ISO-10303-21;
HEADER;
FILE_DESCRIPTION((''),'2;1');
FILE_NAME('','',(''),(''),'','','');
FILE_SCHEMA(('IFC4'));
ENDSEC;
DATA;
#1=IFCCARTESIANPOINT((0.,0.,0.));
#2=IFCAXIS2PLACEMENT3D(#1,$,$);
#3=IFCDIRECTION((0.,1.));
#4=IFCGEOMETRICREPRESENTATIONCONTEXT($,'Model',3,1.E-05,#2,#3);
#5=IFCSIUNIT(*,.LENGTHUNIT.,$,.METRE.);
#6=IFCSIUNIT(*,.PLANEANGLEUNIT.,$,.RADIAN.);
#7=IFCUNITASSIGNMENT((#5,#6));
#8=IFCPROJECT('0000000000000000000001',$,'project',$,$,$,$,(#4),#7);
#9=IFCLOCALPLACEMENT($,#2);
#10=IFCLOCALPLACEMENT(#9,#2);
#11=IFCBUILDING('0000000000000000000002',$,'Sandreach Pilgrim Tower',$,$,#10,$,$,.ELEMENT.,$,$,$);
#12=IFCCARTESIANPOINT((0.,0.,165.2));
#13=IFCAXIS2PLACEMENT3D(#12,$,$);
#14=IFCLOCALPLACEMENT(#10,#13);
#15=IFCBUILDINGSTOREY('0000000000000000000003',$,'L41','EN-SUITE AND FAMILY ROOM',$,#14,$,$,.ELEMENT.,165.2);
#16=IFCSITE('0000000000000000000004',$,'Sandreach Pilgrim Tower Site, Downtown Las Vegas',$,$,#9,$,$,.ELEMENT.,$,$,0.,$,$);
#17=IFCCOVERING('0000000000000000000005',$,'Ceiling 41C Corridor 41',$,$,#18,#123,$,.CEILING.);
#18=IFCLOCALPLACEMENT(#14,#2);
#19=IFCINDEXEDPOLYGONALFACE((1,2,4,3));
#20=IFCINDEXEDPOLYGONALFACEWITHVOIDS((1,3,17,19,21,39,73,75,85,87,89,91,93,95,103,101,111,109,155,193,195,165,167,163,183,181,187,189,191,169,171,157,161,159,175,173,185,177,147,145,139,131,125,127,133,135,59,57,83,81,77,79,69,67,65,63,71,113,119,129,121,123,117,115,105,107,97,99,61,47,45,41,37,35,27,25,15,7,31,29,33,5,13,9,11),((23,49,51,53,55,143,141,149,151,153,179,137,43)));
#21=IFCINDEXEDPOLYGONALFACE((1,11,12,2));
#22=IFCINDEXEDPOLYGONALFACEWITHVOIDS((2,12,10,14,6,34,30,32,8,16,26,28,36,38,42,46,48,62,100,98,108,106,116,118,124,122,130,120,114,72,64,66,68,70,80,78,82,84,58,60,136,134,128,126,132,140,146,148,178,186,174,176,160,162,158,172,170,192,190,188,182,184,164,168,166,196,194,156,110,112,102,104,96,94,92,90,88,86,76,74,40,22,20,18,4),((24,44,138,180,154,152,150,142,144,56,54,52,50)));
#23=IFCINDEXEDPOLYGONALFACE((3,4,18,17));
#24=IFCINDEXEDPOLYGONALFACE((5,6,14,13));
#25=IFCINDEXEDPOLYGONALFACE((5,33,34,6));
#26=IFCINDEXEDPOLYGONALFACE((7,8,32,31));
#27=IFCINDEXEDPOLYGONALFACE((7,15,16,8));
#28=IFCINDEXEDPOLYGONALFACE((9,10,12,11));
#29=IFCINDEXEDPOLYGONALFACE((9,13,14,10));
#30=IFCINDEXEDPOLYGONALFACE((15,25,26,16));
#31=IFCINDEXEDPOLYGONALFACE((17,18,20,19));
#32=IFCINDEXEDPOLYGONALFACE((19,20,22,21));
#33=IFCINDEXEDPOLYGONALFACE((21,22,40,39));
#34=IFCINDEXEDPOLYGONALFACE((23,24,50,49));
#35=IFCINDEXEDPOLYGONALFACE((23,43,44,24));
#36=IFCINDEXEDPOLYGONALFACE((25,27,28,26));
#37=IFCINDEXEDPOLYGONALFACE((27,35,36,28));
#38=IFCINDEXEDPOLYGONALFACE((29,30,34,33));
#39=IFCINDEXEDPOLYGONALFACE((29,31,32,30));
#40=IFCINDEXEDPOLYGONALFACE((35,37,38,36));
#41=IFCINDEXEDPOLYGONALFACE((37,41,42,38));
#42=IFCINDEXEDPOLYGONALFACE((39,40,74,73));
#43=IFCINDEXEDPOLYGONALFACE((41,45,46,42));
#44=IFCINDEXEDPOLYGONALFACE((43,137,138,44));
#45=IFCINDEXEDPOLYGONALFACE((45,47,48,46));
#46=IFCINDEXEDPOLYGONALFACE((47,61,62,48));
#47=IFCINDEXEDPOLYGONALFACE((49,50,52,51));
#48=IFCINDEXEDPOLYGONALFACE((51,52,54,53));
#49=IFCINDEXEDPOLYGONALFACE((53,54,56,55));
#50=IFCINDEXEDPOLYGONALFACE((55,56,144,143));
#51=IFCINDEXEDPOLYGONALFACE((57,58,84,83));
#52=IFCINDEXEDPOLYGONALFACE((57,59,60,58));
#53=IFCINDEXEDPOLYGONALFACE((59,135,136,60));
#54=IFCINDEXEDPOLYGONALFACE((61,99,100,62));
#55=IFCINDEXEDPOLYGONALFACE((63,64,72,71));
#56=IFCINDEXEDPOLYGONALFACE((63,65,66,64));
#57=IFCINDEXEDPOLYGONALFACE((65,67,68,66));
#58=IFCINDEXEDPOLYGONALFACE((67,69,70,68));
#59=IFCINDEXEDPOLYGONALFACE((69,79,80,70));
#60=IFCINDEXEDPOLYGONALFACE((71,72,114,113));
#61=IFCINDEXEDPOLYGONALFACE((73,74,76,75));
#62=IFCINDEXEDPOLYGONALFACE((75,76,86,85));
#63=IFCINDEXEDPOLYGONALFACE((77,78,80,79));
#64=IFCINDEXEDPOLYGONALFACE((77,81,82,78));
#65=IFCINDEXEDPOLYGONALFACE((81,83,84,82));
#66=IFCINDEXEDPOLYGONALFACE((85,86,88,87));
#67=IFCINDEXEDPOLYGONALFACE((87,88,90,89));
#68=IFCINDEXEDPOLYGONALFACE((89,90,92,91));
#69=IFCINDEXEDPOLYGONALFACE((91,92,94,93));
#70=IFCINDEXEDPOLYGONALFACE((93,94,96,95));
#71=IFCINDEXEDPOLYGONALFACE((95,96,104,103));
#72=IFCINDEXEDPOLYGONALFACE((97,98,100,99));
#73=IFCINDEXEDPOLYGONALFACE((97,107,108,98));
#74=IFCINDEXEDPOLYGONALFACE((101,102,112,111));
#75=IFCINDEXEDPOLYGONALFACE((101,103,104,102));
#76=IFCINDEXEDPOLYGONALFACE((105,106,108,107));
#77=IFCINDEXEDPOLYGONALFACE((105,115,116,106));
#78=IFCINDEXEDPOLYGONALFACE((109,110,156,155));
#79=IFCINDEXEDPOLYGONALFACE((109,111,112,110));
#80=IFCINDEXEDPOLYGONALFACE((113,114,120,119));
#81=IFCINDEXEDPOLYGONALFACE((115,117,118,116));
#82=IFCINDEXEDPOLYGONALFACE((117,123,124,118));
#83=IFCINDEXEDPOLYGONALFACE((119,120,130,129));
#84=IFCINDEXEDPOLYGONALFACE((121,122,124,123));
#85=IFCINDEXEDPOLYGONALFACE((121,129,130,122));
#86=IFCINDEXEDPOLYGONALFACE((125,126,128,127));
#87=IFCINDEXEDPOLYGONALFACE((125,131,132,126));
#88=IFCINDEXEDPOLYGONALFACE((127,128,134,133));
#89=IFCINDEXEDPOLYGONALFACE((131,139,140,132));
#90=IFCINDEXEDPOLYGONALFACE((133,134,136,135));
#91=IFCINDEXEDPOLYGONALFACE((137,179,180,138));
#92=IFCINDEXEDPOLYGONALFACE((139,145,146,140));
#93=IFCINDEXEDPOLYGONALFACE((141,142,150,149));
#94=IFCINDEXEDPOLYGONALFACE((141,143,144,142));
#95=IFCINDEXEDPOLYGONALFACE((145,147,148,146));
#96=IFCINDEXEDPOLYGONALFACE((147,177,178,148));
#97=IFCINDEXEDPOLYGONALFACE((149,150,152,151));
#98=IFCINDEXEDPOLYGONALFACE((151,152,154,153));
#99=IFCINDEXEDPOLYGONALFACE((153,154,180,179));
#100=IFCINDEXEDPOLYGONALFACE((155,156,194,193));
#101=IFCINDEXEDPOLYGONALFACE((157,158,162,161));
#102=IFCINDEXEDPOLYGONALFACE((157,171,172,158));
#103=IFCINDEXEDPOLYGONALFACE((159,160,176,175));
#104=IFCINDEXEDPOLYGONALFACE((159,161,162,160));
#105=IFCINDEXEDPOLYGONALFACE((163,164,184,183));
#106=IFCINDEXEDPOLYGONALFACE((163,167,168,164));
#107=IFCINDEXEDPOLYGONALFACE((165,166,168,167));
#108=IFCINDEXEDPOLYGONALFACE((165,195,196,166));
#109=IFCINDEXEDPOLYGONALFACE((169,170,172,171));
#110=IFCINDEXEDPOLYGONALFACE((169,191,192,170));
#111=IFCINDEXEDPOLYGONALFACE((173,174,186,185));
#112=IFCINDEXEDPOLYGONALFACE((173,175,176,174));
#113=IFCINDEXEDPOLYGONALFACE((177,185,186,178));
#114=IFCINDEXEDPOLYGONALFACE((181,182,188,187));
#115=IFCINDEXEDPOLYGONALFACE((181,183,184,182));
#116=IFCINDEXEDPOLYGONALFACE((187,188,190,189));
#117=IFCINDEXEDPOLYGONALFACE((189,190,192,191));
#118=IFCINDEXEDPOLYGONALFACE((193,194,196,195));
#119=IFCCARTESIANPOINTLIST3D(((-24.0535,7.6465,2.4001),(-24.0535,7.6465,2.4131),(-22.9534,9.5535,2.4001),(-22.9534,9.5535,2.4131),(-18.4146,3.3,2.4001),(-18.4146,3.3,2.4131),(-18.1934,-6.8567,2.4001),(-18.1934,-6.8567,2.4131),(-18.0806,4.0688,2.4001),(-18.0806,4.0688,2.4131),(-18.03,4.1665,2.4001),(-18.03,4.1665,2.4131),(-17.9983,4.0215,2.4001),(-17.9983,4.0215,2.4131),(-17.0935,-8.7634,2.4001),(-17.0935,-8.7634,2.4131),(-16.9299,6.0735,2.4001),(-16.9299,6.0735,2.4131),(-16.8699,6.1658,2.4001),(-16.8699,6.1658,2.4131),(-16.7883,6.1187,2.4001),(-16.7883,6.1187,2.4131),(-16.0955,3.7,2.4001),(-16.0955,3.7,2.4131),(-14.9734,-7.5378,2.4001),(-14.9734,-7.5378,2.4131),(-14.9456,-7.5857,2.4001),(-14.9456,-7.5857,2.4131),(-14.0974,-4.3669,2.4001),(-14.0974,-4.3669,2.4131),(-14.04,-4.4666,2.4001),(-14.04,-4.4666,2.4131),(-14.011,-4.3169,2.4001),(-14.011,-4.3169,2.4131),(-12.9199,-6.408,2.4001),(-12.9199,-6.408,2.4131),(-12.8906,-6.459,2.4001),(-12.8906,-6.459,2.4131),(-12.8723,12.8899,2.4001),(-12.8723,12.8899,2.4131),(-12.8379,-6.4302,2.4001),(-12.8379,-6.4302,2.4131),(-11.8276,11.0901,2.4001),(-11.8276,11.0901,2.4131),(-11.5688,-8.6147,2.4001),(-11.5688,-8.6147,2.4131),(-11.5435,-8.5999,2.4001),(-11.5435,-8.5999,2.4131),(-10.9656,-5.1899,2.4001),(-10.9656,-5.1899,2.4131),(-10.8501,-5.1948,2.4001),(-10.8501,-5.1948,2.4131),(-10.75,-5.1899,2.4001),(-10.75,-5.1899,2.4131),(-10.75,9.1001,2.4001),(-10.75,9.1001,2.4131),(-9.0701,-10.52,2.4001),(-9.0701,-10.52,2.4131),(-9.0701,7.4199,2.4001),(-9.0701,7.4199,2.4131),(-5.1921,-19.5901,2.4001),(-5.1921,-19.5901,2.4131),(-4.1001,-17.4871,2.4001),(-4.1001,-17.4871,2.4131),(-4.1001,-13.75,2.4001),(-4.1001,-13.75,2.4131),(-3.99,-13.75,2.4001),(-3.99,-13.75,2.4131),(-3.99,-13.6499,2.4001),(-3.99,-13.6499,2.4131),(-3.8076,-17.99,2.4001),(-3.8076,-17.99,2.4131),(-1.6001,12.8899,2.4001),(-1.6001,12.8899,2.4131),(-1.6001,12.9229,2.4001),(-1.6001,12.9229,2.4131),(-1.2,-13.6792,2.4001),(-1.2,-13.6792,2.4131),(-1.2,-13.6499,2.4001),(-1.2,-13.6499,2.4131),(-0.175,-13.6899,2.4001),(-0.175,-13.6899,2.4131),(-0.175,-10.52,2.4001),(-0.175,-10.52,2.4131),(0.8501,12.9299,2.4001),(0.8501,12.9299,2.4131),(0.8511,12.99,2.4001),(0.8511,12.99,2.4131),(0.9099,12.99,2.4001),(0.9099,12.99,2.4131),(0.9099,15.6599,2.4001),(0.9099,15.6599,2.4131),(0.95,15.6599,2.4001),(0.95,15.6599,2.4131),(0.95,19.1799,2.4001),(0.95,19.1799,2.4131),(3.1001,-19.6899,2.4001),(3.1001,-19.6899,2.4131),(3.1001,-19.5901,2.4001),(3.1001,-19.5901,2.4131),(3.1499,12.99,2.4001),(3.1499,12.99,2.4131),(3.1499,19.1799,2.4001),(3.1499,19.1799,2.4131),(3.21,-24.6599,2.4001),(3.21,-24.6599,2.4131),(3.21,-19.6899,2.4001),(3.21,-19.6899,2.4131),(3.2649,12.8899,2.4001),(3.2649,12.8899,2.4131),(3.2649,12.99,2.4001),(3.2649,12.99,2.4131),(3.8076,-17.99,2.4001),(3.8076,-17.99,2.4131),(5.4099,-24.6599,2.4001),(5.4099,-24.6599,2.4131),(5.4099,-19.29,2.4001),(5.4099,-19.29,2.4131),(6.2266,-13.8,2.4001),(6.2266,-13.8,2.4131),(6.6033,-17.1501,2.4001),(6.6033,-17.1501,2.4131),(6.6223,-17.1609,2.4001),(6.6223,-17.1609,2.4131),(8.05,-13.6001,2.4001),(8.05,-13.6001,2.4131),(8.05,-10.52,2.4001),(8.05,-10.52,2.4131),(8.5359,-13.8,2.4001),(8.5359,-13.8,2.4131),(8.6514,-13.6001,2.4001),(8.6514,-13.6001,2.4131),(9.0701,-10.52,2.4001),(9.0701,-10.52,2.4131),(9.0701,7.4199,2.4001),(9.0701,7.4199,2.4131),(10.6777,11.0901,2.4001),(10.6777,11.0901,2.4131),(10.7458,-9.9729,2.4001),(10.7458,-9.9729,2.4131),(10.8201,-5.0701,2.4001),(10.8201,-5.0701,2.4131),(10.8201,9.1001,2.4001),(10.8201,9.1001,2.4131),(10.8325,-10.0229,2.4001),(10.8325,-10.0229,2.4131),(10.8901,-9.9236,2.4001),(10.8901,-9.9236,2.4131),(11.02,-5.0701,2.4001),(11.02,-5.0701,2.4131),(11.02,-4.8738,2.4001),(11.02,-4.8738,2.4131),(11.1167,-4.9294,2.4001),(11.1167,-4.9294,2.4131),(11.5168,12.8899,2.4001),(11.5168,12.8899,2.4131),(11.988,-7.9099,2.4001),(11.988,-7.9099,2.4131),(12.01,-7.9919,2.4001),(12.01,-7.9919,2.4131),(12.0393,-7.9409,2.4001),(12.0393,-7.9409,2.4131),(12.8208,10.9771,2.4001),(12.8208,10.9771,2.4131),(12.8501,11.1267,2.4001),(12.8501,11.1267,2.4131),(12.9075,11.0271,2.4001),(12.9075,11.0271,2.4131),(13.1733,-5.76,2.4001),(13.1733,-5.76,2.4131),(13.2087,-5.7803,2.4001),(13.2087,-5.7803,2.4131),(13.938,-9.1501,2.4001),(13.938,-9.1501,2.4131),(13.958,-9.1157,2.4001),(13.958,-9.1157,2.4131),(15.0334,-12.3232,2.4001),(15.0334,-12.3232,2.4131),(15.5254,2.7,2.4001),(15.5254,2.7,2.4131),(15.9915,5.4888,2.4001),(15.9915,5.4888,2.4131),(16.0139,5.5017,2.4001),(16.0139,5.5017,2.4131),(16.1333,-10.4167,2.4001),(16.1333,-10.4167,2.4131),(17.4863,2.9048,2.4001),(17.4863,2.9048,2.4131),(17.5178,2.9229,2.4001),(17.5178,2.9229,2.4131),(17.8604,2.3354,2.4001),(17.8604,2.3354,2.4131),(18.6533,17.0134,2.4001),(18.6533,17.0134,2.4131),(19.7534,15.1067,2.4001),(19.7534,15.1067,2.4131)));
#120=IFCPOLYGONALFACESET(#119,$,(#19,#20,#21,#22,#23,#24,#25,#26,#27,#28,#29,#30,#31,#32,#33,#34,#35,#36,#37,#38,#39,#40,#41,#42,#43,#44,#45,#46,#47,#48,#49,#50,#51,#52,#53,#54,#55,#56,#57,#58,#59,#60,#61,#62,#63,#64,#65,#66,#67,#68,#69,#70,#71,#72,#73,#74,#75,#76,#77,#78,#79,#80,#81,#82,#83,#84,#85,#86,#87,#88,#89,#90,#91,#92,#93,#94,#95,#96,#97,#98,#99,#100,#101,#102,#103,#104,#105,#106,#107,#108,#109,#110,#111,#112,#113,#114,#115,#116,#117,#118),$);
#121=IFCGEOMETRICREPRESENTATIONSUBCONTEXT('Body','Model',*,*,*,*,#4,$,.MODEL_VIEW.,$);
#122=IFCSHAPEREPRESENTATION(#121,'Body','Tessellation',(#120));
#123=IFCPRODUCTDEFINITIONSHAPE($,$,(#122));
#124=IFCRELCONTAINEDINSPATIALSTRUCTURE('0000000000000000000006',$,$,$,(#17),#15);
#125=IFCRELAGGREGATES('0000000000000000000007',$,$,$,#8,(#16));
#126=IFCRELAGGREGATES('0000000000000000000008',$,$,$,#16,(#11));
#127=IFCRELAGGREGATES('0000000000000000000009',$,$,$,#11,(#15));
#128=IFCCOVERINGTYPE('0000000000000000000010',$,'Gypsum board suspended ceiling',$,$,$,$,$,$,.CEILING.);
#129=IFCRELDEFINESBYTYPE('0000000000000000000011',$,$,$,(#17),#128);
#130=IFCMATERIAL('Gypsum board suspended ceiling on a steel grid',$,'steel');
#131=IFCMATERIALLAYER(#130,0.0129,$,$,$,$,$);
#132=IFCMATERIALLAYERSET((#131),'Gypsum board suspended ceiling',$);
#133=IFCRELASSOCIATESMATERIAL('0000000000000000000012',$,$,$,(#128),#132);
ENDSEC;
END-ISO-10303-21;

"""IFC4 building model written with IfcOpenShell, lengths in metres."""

from ifc_helpers import new_model, si_unit, direction, frame, origin, place, context, subcontext, project, spatial, polyline, outline, extrude, material, layer, layer_set, type_object, element, save


model = new_model("IFC4")

# Units and contexts
model_context = context("Model", 3, precision=1e-05, world=origin(), true_north=direction((0.0, 1.0)))
body_context = subcontext(model_context, "Body", "Model", "MODEL_VIEW")
ifc_project = project(units=[si_unit("LENGTHUNIT", "METRE"), si_unit("PLANEANGLEUNIT", "RADIAN")], contexts=[model_context])

# Site, building, storey
site_placement = place(None, origin())
site = spatial("IfcSite", under=ifc_project, at=site_placement, Name="Sandreach Pilgrim Tower Site, Downtown Las Vegas", CompositionType="ELEMENT", RefElevation=0.0)
building_placement = place(site_placement, origin())
building = spatial("IfcBuilding", under=site, at=building_placement, Name="Sandreach Pilgrim Tower", CompositionType="ELEMENT")
storey_placement = place(building_placement, frame((0.0, 0.0, 165.2)))
storey = spatial("IfcBuildingStorey", under=building, at=storey_placement, Name="L41", Description="EN-SUITE AND FAMILY ROOM", CompositionType="ELEMENT", Elevation=165.2)

# Covering
ifc_material_1 = material(Name="Gypsum board suspended ceiling on a steel grid", Category="steel")
ifc_layer_1 = layer(ifc_material_1, 0.0129)
ifc_layer_set_1 = layer_set([ifc_layer_1], Name="Gypsum board suspended ceiling")
covering_type_1 = type_object("IfcCoveringType", Name="Gypsum board suspended ceiling", PredefinedType="CEILING", material=ifc_layer_set_1)
covering_1_placement = place(storey_placement, frame((0.0, 0.0, 2.4001)))
element("IfcCovering", 1, at=covering_1_placement, inside=storey, type_object=covering_type_1, Name="Ceiling 41C Corridor 41", PredefinedType="CEILING", context=body_context, shape_type="SweptSolid", body=[
    extrude(outline(polyline([(-18.03, 4.1665), (-24.0535, 7.6465), (-22.9534, 9.5535), (-16.9299, 6.0735), (-16.8699, 6.1658), (-16.7883, 6.1187), (-12.8723, 12.8899), (-1.6001, 12.8899), (-1.6001, 12.9229), (0.8501, 12.9299), (0.8511, 12.99), (0.9099, 12.99), (0.9099, 15.6599), (0.95, 15.6599), (0.95, 19.1799), (3.1499, 19.1799), (3.1499, 12.99), (3.2649, 12.99), (3.2649, 12.8899), (11.5168, 12.8899), (18.6533, 17.0134), (19.7534, 15.1067), (12.8501, 11.1267), (12.9075, 11.0271), (12.8208, 10.9771), (16.0139, 5.5017), (15.9915, 5.4888), (17.4863, 2.9048), (17.5178, 2.9229), (17.8604, 2.3354), (13.1733, -5.76), (13.2087, -5.7803), (11.988, -7.9099), (12.0393, -7.9409), (12.01, -7.9919), (13.958, -9.1157), (13.938, -9.1501), (16.1333, -10.4167), (15.0334, -12.3232), (10.8901, -9.9236), (10.8325, -10.0229), (10.7458, -9.9729), (8.6514, -13.6001), (8.05, -13.6001), (8.05, -10.52), (9.0701, -10.52), (9.0701, 7.4199), (-9.0701, 7.4199), (-9.0701, -10.52), (-0.175, -10.52), (-0.175, -13.6899), (-1.2, -13.6792), (-1.2, -13.6499), (-3.99, -13.6499), (-3.99, -13.75), (-4.1001, -13.75), (-4.1001, -17.4871), (-3.8076, -17.99), (3.8076, -17.99), (6.2266, -13.8), (8.5359, -13.8), (6.6033, -17.1501), (6.6223, -17.1609), (5.4099, -19.29), (5.4099, -24.6599), (3.21, -24.6599), (3.21, -19.6899), (3.1001, -19.6899), (3.1001, -19.5901), (-5.1921, -19.5901), (-11.5435, -8.5999), (-11.5688, -8.6147), (-12.8379, -6.4302), (-12.8906, -6.459), (-12.9199, -6.408), (-14.9456, -7.5857), (-14.9734, -7.5378), (-17.0935, -8.7634), (-18.1934, -6.8567), (-14.04, -4.4666), (-14.0974, -4.3669), (-14.011, -4.3169), (-18.4146, 3.3), (-17.9983, 4.0215), (-18.0806, 4.0688), (-18.03, 4.1665)]), holes=[polyline([(-16.0955, 3.7), (-10.9656, -5.1899), (-10.8501, -5.1948), (-10.75, -5.1899), (-10.75, 9.1001), (10.8201, 9.1001), (10.8201, -5.0701), (11.02, -5.0701), (11.02, -4.8738), (11.1167, -4.9294), (15.5254, 2.7), (10.6777, 11.0901), (-11.8276, 11.0901), (-16.0955, 3.7)])]), origin(), (0.0, 0.0, 1.0), 0.0129),
])

save(model, "model.ifc")
